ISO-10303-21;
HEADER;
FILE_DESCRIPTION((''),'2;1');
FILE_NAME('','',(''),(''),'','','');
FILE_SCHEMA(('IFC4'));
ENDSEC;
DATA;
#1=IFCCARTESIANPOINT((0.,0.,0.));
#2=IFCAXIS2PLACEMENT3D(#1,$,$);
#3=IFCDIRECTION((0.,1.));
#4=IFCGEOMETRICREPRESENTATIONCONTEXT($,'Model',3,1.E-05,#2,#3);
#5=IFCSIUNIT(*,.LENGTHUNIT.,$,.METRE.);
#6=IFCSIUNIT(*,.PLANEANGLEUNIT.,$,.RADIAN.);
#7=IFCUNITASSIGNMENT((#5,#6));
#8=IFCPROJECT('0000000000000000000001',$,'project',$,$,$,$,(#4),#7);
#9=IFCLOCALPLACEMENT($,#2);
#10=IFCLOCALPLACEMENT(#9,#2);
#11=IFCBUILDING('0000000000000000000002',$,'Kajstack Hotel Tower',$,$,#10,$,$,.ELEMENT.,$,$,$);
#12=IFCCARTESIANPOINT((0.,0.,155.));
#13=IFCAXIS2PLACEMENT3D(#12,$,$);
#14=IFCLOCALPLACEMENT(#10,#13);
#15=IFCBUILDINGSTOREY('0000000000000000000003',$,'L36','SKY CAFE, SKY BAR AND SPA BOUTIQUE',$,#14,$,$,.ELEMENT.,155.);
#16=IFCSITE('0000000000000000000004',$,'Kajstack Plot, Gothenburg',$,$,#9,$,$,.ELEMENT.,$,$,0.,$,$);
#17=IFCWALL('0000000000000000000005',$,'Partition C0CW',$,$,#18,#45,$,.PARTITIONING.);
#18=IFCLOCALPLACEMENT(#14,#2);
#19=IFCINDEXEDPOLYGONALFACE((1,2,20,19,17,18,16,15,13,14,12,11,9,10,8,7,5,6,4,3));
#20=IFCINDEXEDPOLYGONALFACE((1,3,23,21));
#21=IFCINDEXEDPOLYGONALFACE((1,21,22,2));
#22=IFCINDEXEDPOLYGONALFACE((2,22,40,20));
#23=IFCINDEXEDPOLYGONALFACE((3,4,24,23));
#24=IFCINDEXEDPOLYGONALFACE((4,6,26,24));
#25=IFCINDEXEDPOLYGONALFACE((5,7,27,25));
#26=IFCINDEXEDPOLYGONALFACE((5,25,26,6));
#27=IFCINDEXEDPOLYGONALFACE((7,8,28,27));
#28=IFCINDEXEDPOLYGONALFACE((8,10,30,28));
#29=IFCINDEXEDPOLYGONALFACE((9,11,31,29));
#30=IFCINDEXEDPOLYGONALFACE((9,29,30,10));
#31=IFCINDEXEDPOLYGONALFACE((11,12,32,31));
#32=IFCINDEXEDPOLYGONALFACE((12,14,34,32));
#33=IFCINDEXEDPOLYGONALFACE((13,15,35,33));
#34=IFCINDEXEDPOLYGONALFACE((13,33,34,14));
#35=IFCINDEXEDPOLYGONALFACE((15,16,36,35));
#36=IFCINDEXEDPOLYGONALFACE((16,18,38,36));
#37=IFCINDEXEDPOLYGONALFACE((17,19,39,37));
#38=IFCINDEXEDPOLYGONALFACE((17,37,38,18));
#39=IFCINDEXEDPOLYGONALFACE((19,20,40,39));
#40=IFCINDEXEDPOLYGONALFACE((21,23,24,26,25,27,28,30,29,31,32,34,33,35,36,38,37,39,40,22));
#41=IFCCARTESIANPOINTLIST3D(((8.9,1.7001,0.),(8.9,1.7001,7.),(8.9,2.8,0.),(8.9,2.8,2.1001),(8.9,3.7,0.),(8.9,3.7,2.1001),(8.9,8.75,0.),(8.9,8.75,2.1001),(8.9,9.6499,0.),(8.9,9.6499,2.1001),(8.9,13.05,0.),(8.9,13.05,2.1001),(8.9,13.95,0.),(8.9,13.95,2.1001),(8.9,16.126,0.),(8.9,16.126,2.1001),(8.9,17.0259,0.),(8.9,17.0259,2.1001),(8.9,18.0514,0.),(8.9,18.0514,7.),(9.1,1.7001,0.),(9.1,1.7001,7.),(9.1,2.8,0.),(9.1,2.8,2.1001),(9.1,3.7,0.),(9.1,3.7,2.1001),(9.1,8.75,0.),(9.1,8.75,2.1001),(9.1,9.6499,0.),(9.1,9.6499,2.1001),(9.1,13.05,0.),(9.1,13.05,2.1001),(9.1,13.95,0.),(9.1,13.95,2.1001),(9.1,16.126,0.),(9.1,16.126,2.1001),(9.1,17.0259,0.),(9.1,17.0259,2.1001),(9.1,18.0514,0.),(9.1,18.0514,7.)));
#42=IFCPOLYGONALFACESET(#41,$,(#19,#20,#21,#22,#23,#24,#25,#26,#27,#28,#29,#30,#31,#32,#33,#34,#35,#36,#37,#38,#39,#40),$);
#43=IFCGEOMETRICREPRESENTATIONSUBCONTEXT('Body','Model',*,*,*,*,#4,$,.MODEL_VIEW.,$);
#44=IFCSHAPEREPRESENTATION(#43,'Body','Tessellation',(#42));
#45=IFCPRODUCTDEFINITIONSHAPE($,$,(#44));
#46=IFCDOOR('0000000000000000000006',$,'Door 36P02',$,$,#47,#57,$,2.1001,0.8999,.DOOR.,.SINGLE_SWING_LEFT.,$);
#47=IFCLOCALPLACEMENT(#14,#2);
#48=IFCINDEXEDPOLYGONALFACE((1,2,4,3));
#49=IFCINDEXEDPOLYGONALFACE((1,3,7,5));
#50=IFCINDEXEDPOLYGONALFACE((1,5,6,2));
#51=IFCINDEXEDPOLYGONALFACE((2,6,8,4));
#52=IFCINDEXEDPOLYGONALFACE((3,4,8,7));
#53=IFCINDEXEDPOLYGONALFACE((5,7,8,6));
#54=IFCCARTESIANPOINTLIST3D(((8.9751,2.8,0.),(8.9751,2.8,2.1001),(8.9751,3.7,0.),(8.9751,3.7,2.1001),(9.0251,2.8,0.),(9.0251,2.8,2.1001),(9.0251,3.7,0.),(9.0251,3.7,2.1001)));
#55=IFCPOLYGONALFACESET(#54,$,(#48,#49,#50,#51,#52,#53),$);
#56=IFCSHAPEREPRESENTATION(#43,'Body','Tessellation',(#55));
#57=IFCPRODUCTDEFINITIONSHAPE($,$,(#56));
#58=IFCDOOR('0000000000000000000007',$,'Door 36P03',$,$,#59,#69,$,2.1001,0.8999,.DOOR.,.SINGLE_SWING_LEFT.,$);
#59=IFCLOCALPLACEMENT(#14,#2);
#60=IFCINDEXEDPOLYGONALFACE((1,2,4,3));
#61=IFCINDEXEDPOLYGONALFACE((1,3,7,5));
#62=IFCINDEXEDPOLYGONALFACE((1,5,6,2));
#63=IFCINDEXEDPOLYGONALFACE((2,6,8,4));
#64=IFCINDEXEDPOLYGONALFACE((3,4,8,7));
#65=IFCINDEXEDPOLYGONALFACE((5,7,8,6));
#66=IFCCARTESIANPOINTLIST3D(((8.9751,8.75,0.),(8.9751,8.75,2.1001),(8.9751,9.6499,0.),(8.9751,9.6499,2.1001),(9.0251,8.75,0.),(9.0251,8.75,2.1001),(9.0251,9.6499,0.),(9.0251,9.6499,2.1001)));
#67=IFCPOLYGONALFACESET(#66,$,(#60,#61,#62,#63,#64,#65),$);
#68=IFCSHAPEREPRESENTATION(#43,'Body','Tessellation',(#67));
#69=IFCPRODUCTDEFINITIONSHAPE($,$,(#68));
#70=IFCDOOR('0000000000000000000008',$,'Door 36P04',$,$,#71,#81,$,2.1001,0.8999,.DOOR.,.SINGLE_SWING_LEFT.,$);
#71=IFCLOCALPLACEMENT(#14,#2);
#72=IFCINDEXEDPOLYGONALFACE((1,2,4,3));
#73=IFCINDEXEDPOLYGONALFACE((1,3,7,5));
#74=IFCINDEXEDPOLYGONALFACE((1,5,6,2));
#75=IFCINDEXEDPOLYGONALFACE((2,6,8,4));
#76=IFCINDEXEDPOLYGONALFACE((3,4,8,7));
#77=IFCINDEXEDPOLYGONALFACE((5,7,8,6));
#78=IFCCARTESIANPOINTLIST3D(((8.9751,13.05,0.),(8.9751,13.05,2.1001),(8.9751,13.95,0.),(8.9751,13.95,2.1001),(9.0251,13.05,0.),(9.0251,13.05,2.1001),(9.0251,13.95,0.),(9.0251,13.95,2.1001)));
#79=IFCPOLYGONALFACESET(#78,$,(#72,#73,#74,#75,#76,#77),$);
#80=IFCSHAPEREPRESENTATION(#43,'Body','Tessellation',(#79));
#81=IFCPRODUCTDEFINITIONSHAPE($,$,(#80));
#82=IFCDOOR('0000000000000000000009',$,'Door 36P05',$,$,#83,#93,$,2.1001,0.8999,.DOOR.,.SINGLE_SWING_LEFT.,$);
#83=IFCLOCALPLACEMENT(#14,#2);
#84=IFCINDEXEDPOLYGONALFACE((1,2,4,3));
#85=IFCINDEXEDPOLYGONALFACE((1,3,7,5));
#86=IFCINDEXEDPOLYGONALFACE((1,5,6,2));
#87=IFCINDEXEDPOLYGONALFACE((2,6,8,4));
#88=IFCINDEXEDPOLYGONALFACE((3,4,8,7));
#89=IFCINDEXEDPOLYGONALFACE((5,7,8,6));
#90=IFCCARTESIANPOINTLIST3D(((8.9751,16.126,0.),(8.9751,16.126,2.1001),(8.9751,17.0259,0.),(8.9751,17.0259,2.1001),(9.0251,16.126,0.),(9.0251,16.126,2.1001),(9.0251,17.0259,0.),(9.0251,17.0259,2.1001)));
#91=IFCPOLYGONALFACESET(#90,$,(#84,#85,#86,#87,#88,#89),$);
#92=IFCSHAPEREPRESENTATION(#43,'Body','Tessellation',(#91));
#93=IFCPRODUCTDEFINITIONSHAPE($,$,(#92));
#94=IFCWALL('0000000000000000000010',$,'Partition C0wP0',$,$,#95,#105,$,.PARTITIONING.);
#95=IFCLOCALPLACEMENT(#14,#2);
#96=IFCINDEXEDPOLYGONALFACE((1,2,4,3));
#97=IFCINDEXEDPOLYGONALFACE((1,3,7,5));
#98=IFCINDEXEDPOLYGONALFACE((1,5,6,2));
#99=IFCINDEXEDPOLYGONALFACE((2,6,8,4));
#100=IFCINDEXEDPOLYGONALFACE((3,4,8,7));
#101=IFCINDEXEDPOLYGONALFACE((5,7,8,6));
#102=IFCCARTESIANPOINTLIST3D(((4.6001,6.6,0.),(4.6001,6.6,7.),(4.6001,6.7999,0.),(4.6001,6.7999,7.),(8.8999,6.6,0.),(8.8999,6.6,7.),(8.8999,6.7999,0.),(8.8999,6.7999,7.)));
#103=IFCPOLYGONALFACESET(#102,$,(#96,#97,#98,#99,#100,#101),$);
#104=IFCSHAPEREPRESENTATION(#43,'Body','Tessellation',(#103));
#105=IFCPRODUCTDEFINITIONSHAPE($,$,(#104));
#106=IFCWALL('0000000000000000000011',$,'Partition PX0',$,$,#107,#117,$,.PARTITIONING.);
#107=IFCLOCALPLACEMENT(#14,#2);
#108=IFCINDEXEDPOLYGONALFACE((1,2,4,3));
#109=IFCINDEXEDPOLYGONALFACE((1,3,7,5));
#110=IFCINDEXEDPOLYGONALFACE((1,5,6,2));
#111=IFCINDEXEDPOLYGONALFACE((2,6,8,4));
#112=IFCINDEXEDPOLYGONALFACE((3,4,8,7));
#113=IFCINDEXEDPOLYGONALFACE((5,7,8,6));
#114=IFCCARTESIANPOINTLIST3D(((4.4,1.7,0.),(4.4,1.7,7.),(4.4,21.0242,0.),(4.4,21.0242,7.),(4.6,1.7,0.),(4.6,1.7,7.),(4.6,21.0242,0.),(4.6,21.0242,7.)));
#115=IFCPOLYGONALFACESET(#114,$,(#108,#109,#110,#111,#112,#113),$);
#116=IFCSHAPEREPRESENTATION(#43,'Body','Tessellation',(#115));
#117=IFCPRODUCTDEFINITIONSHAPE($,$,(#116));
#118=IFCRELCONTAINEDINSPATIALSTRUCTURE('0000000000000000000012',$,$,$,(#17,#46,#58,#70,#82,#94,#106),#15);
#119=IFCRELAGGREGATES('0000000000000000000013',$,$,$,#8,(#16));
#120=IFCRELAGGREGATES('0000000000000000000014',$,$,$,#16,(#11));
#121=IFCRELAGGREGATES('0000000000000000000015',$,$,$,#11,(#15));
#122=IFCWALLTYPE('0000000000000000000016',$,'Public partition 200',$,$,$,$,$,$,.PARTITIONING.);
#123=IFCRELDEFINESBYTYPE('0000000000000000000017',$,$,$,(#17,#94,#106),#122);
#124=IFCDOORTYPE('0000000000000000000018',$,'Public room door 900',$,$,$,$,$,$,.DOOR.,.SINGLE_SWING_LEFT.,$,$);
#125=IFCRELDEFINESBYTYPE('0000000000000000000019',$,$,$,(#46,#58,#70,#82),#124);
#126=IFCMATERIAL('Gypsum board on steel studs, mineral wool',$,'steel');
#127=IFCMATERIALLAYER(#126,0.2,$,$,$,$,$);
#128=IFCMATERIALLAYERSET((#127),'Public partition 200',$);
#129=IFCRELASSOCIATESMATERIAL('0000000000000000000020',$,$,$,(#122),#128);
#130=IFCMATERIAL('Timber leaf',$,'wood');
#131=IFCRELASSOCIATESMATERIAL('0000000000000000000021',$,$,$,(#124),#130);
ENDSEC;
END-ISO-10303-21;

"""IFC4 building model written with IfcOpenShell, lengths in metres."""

from ifc_helpers import new_model, si_unit, direction, frame, frame_2d, origin, place, context, subcontext, project, spatial, rectangle, extrude, material, layer, layer_set, type_object, element, fill, save


model = new_model("IFC4")

# Units and contexts
model_context = context("Model", 3, precision=1e-05, world=origin(), true_north=direction((0.0, 1.0)))
body_context = subcontext(model_context, "Body", "Model", "MODEL_VIEW")
ifc_project = project(units=[si_unit("LENGTHUNIT", "METRE"), si_unit("PLANEANGLEUNIT", "RADIAN")], contexts=[model_context])

# Site, building, storey
site_placement = place(None, origin())
site = spatial("IfcSite", under=ifc_project, at=site_placement, Name="Kajstack Plot, Gothenburg", CompositionType="ELEMENT", RefElevation=0.0)
building_placement = place(site_placement, origin())
building = spatial("IfcBuilding", under=site, at=building_placement, Name="Kajstack Hotel Tower", CompositionType="ELEMENT")
storey_placement = place(building_placement, frame((0.0, 0.0, 155.0)))
storey = spatial("IfcBuildingStorey", under=building, at=storey_placement, Name="L36", Description="SKY CAFE, SKY BAR AND SPA BOUTIQUE", CompositionType="ELEMENT", Elevation=155.0)

# Wall, openings, doors
ifc_material_1 = material(Name="Gypsum board on steel studs, mineral wool", Category="steel")
ifc_layer_1 = layer(ifc_material_1, 0.2)
ifc_layer_set_1 = layer_set([ifc_layer_1], Name="Public partition 200")
wall_type = type_object("IfcWallType", Name="Public partition 200", PredefinedType="PARTITIONING", material=ifc_layer_set_1)
wall_1_placement = place(storey_placement, frame((9.0, 1.7, 0.0), z_axis=(0.0, 0.0, 1.0), x_axis=(0.0, 1.0, 0.0)))
wall_1 = element("IfcWall", 1, at=wall_1_placement, inside=storey, type_object=wall_type, Name="Partition C0CW", PredefinedType="PARTITIONING", context=body_context, shape_type="SweptSolid", body=[
    extrude(rectangle(XDim=16.3513, YDim=0.2, at=frame_2d((8.1758, 0.0))), origin(), (0.0, 0.0, 1.0), 7.0),
])
opening_1_placement = place(wall_1_placement, frame((1.1001, 0.0, 0.0)))
opening_1 = element("IfcOpeningElement", 2, at=opening_1_placement, cuts=wall_1, PredefinedType="OPENING", context=body_context, shape_type="SweptSolid", body=[
    extrude(rectangle(XDim=0.8999, YDim=2.1001, at=frame_2d((0.45, 1.05))), frame((0.0, 0.1099, 0.0), z_axis=(0.0, -1.0, 0.0), x_axis=(1.0, 0.0, 0.0)), (0.0, 0.0, 1.0), 0.22),
])
opening_2_placement = place(wall_1_placement, frame((7.05, 0.0, 0.0)))
opening_2 = element("IfcOpeningElement", 3, at=opening_2_placement, cuts=wall_1, PredefinedType="OPENING", context=body_context, shape_type="SweptSolid", body=[
    extrude(rectangle(XDim=0.8999, YDim=2.1001, at=frame_2d((0.45, 1.05))), frame((0.0, 0.1099, 0.0), z_axis=(0.0, -1.0, 0.0), x_axis=(1.0, 0.0, 0.0)), (0.0, 0.0, 1.0), 0.22),
])
opening_3_placement = place(wall_1_placement, frame((11.3501, 0.0, 0.0)))
opening_3 = element("IfcOpeningElement", 4, at=opening_3_placement, cuts=wall_1, PredefinedType="OPENING", context=body_context, shape_type="SweptSolid", body=[
    extrude(rectangle(XDim=0.8999, YDim=2.1001, at=frame_2d((0.45, 1.05))), frame((0.0, 0.1099, 0.0), z_axis=(0.0, -1.0, 0.0), x_axis=(1.0, 0.0, 0.0)), (0.0, 0.0, 1.0), 0.22),
])
opening_4_placement = place(wall_1_placement, frame((14.426, 0.0, 0.0)))
opening_4 = element("IfcOpeningElement", 5, at=opening_4_placement, cuts=wall_1, PredefinedType="OPENING", context=body_context, shape_type="SweptSolid", body=[
    extrude(rectangle(XDim=0.8999, YDim=2.1001, at=frame_2d((0.45, 1.05))), frame((0.0, 0.1099, 0.0), z_axis=(0.0, -1.0, 0.0), x_axis=(1.0, 0.0, 0.0)), (0.0, 0.0, 1.0), 0.22),
])
ifc_material_2 = material(Name="Timber leaf", Category="wood")
door_type = type_object("IfcDoorType", Name="Public room door 900", OperationType="SINGLE_SWING_LEFT", PredefinedType="DOOR", material=ifc_material_2)
door_1_placement = place(opening_1_placement, origin())
door_1 = element("IfcDoor", 6, at=door_1_placement, inside=storey, type_object=door_type, Name="Door 36P02", OperationType="SINGLE_SWING_LEFT", OverallHeight=2.1001, OverallWidth=0.8999, PredefinedType="DOOR", context=body_context, shape_type="SweptSolid", body=[
    extrude(rectangle(XDim=0.8999, YDim=2.1001, at=frame_2d((0.45, 1.05))), frame((0.0, 0.0249, 0.0), z_axis=(0.0, -1.0, 0.0), x_axis=(1.0, 0.0, 0.0)), (0.0, 0.0, 1.0), 0.05),
])
fill(opening_1, door_1)
door_2_placement = place(opening_2_placement, origin())
door_2 = element("IfcDoor", 7, at=door_2_placement, inside=storey, type_object=door_type, Name="Door 36P03", OperationType="SINGLE_SWING_LEFT", OverallHeight=2.1001, OverallWidth=0.8999, PredefinedType="DOOR", context=body_context, shape_type="SweptSolid", body=[
    extrude(rectangle(XDim=0.8999, YDim=2.1001, at=frame_2d((0.45, 1.05))), frame((0.0, 0.0249, 0.0), z_axis=(0.0, -1.0, 0.0), x_axis=(1.0, 0.0, 0.0)), (0.0, 0.0, 1.0), 0.05),
])
fill(opening_2, door_2)
door_3_placement = place(opening_3_placement, origin())
door_3 = element("IfcDoor", 8, at=door_3_placement, inside=storey, type_object=door_type, Name="Door 36P04", OperationType="SINGLE_SWING_LEFT", OverallHeight=2.1001, OverallWidth=0.8999, PredefinedType="DOOR", context=body_context, shape_type="SweptSolid", body=[
    extrude(rectangle(XDim=0.8999, YDim=2.1001, at=frame_2d((0.45, 1.05))), frame((0.0, 0.0249, 0.0), z_axis=(0.0, -1.0, 0.0), x_axis=(1.0, 0.0, 0.0)), (0.0, 0.0, 1.0), 0.05),
])
fill(opening_3, door_3)
door_4_placement = place(opening_4_placement, origin())
door_4 = element("IfcDoor", 9, at=door_4_placement, inside=storey, type_object=door_type, Name="Door 36P05", OperationType="SINGLE_SWING_LEFT", OverallHeight=2.1001, OverallWidth=0.8999, PredefinedType="DOOR", context=body_context, shape_type="SweptSolid", body=[
    extrude(rectangle(XDim=0.8999, YDim=2.1001, at=frame_2d((0.45, 1.05))), frame((0.0, 0.0249, 0.0), z_axis=(0.0, -1.0, 0.0), x_axis=(1.0, 0.0, 0.0)), (0.0, 0.0, 1.0), 0.05),
])
fill(opening_4, door_4)

# Walls
wall_2_placement = place(storey_placement, frame((4.6001, 6.7, 0.0), z_axis=(0.0, 0.0, 1.0), x_axis=(1.0, 0.0, 0.0)))
element("IfcWall", 10, at=wall_2_placement, inside=storey, type_object=wall_type, Name="Partition C0wP0", PredefinedType="PARTITIONING", context=body_context, shape_type="SweptSolid", body=[
    extrude(rectangle(XDim=4.2998, YDim=0.2, at=frame_2d((2.1499, 0.0))), origin(), (0.0, 0.0, 1.0), 7.0),
])
wall_3_placement = place(storey_placement, frame((4.5, 1.7, 0.0), z_axis=(0.0, 0.0, 1.0), x_axis=(0.0, 1.0, 0.0)))
element("IfcWall", 11, at=wall_3_placement, inside=storey, type_object=wall_type, Name="Partition PX0", PredefinedType="PARTITIONING", context=body_context, shape_type="SweptSolid", body=[
    extrude(rectangle(XDim=19.3242, YDim=0.2, at=frame_2d((9.6621, 0.0))), origin(), (0.0, 0.0, 1.0), 7.0),
])

save(model, "model.ifc")
